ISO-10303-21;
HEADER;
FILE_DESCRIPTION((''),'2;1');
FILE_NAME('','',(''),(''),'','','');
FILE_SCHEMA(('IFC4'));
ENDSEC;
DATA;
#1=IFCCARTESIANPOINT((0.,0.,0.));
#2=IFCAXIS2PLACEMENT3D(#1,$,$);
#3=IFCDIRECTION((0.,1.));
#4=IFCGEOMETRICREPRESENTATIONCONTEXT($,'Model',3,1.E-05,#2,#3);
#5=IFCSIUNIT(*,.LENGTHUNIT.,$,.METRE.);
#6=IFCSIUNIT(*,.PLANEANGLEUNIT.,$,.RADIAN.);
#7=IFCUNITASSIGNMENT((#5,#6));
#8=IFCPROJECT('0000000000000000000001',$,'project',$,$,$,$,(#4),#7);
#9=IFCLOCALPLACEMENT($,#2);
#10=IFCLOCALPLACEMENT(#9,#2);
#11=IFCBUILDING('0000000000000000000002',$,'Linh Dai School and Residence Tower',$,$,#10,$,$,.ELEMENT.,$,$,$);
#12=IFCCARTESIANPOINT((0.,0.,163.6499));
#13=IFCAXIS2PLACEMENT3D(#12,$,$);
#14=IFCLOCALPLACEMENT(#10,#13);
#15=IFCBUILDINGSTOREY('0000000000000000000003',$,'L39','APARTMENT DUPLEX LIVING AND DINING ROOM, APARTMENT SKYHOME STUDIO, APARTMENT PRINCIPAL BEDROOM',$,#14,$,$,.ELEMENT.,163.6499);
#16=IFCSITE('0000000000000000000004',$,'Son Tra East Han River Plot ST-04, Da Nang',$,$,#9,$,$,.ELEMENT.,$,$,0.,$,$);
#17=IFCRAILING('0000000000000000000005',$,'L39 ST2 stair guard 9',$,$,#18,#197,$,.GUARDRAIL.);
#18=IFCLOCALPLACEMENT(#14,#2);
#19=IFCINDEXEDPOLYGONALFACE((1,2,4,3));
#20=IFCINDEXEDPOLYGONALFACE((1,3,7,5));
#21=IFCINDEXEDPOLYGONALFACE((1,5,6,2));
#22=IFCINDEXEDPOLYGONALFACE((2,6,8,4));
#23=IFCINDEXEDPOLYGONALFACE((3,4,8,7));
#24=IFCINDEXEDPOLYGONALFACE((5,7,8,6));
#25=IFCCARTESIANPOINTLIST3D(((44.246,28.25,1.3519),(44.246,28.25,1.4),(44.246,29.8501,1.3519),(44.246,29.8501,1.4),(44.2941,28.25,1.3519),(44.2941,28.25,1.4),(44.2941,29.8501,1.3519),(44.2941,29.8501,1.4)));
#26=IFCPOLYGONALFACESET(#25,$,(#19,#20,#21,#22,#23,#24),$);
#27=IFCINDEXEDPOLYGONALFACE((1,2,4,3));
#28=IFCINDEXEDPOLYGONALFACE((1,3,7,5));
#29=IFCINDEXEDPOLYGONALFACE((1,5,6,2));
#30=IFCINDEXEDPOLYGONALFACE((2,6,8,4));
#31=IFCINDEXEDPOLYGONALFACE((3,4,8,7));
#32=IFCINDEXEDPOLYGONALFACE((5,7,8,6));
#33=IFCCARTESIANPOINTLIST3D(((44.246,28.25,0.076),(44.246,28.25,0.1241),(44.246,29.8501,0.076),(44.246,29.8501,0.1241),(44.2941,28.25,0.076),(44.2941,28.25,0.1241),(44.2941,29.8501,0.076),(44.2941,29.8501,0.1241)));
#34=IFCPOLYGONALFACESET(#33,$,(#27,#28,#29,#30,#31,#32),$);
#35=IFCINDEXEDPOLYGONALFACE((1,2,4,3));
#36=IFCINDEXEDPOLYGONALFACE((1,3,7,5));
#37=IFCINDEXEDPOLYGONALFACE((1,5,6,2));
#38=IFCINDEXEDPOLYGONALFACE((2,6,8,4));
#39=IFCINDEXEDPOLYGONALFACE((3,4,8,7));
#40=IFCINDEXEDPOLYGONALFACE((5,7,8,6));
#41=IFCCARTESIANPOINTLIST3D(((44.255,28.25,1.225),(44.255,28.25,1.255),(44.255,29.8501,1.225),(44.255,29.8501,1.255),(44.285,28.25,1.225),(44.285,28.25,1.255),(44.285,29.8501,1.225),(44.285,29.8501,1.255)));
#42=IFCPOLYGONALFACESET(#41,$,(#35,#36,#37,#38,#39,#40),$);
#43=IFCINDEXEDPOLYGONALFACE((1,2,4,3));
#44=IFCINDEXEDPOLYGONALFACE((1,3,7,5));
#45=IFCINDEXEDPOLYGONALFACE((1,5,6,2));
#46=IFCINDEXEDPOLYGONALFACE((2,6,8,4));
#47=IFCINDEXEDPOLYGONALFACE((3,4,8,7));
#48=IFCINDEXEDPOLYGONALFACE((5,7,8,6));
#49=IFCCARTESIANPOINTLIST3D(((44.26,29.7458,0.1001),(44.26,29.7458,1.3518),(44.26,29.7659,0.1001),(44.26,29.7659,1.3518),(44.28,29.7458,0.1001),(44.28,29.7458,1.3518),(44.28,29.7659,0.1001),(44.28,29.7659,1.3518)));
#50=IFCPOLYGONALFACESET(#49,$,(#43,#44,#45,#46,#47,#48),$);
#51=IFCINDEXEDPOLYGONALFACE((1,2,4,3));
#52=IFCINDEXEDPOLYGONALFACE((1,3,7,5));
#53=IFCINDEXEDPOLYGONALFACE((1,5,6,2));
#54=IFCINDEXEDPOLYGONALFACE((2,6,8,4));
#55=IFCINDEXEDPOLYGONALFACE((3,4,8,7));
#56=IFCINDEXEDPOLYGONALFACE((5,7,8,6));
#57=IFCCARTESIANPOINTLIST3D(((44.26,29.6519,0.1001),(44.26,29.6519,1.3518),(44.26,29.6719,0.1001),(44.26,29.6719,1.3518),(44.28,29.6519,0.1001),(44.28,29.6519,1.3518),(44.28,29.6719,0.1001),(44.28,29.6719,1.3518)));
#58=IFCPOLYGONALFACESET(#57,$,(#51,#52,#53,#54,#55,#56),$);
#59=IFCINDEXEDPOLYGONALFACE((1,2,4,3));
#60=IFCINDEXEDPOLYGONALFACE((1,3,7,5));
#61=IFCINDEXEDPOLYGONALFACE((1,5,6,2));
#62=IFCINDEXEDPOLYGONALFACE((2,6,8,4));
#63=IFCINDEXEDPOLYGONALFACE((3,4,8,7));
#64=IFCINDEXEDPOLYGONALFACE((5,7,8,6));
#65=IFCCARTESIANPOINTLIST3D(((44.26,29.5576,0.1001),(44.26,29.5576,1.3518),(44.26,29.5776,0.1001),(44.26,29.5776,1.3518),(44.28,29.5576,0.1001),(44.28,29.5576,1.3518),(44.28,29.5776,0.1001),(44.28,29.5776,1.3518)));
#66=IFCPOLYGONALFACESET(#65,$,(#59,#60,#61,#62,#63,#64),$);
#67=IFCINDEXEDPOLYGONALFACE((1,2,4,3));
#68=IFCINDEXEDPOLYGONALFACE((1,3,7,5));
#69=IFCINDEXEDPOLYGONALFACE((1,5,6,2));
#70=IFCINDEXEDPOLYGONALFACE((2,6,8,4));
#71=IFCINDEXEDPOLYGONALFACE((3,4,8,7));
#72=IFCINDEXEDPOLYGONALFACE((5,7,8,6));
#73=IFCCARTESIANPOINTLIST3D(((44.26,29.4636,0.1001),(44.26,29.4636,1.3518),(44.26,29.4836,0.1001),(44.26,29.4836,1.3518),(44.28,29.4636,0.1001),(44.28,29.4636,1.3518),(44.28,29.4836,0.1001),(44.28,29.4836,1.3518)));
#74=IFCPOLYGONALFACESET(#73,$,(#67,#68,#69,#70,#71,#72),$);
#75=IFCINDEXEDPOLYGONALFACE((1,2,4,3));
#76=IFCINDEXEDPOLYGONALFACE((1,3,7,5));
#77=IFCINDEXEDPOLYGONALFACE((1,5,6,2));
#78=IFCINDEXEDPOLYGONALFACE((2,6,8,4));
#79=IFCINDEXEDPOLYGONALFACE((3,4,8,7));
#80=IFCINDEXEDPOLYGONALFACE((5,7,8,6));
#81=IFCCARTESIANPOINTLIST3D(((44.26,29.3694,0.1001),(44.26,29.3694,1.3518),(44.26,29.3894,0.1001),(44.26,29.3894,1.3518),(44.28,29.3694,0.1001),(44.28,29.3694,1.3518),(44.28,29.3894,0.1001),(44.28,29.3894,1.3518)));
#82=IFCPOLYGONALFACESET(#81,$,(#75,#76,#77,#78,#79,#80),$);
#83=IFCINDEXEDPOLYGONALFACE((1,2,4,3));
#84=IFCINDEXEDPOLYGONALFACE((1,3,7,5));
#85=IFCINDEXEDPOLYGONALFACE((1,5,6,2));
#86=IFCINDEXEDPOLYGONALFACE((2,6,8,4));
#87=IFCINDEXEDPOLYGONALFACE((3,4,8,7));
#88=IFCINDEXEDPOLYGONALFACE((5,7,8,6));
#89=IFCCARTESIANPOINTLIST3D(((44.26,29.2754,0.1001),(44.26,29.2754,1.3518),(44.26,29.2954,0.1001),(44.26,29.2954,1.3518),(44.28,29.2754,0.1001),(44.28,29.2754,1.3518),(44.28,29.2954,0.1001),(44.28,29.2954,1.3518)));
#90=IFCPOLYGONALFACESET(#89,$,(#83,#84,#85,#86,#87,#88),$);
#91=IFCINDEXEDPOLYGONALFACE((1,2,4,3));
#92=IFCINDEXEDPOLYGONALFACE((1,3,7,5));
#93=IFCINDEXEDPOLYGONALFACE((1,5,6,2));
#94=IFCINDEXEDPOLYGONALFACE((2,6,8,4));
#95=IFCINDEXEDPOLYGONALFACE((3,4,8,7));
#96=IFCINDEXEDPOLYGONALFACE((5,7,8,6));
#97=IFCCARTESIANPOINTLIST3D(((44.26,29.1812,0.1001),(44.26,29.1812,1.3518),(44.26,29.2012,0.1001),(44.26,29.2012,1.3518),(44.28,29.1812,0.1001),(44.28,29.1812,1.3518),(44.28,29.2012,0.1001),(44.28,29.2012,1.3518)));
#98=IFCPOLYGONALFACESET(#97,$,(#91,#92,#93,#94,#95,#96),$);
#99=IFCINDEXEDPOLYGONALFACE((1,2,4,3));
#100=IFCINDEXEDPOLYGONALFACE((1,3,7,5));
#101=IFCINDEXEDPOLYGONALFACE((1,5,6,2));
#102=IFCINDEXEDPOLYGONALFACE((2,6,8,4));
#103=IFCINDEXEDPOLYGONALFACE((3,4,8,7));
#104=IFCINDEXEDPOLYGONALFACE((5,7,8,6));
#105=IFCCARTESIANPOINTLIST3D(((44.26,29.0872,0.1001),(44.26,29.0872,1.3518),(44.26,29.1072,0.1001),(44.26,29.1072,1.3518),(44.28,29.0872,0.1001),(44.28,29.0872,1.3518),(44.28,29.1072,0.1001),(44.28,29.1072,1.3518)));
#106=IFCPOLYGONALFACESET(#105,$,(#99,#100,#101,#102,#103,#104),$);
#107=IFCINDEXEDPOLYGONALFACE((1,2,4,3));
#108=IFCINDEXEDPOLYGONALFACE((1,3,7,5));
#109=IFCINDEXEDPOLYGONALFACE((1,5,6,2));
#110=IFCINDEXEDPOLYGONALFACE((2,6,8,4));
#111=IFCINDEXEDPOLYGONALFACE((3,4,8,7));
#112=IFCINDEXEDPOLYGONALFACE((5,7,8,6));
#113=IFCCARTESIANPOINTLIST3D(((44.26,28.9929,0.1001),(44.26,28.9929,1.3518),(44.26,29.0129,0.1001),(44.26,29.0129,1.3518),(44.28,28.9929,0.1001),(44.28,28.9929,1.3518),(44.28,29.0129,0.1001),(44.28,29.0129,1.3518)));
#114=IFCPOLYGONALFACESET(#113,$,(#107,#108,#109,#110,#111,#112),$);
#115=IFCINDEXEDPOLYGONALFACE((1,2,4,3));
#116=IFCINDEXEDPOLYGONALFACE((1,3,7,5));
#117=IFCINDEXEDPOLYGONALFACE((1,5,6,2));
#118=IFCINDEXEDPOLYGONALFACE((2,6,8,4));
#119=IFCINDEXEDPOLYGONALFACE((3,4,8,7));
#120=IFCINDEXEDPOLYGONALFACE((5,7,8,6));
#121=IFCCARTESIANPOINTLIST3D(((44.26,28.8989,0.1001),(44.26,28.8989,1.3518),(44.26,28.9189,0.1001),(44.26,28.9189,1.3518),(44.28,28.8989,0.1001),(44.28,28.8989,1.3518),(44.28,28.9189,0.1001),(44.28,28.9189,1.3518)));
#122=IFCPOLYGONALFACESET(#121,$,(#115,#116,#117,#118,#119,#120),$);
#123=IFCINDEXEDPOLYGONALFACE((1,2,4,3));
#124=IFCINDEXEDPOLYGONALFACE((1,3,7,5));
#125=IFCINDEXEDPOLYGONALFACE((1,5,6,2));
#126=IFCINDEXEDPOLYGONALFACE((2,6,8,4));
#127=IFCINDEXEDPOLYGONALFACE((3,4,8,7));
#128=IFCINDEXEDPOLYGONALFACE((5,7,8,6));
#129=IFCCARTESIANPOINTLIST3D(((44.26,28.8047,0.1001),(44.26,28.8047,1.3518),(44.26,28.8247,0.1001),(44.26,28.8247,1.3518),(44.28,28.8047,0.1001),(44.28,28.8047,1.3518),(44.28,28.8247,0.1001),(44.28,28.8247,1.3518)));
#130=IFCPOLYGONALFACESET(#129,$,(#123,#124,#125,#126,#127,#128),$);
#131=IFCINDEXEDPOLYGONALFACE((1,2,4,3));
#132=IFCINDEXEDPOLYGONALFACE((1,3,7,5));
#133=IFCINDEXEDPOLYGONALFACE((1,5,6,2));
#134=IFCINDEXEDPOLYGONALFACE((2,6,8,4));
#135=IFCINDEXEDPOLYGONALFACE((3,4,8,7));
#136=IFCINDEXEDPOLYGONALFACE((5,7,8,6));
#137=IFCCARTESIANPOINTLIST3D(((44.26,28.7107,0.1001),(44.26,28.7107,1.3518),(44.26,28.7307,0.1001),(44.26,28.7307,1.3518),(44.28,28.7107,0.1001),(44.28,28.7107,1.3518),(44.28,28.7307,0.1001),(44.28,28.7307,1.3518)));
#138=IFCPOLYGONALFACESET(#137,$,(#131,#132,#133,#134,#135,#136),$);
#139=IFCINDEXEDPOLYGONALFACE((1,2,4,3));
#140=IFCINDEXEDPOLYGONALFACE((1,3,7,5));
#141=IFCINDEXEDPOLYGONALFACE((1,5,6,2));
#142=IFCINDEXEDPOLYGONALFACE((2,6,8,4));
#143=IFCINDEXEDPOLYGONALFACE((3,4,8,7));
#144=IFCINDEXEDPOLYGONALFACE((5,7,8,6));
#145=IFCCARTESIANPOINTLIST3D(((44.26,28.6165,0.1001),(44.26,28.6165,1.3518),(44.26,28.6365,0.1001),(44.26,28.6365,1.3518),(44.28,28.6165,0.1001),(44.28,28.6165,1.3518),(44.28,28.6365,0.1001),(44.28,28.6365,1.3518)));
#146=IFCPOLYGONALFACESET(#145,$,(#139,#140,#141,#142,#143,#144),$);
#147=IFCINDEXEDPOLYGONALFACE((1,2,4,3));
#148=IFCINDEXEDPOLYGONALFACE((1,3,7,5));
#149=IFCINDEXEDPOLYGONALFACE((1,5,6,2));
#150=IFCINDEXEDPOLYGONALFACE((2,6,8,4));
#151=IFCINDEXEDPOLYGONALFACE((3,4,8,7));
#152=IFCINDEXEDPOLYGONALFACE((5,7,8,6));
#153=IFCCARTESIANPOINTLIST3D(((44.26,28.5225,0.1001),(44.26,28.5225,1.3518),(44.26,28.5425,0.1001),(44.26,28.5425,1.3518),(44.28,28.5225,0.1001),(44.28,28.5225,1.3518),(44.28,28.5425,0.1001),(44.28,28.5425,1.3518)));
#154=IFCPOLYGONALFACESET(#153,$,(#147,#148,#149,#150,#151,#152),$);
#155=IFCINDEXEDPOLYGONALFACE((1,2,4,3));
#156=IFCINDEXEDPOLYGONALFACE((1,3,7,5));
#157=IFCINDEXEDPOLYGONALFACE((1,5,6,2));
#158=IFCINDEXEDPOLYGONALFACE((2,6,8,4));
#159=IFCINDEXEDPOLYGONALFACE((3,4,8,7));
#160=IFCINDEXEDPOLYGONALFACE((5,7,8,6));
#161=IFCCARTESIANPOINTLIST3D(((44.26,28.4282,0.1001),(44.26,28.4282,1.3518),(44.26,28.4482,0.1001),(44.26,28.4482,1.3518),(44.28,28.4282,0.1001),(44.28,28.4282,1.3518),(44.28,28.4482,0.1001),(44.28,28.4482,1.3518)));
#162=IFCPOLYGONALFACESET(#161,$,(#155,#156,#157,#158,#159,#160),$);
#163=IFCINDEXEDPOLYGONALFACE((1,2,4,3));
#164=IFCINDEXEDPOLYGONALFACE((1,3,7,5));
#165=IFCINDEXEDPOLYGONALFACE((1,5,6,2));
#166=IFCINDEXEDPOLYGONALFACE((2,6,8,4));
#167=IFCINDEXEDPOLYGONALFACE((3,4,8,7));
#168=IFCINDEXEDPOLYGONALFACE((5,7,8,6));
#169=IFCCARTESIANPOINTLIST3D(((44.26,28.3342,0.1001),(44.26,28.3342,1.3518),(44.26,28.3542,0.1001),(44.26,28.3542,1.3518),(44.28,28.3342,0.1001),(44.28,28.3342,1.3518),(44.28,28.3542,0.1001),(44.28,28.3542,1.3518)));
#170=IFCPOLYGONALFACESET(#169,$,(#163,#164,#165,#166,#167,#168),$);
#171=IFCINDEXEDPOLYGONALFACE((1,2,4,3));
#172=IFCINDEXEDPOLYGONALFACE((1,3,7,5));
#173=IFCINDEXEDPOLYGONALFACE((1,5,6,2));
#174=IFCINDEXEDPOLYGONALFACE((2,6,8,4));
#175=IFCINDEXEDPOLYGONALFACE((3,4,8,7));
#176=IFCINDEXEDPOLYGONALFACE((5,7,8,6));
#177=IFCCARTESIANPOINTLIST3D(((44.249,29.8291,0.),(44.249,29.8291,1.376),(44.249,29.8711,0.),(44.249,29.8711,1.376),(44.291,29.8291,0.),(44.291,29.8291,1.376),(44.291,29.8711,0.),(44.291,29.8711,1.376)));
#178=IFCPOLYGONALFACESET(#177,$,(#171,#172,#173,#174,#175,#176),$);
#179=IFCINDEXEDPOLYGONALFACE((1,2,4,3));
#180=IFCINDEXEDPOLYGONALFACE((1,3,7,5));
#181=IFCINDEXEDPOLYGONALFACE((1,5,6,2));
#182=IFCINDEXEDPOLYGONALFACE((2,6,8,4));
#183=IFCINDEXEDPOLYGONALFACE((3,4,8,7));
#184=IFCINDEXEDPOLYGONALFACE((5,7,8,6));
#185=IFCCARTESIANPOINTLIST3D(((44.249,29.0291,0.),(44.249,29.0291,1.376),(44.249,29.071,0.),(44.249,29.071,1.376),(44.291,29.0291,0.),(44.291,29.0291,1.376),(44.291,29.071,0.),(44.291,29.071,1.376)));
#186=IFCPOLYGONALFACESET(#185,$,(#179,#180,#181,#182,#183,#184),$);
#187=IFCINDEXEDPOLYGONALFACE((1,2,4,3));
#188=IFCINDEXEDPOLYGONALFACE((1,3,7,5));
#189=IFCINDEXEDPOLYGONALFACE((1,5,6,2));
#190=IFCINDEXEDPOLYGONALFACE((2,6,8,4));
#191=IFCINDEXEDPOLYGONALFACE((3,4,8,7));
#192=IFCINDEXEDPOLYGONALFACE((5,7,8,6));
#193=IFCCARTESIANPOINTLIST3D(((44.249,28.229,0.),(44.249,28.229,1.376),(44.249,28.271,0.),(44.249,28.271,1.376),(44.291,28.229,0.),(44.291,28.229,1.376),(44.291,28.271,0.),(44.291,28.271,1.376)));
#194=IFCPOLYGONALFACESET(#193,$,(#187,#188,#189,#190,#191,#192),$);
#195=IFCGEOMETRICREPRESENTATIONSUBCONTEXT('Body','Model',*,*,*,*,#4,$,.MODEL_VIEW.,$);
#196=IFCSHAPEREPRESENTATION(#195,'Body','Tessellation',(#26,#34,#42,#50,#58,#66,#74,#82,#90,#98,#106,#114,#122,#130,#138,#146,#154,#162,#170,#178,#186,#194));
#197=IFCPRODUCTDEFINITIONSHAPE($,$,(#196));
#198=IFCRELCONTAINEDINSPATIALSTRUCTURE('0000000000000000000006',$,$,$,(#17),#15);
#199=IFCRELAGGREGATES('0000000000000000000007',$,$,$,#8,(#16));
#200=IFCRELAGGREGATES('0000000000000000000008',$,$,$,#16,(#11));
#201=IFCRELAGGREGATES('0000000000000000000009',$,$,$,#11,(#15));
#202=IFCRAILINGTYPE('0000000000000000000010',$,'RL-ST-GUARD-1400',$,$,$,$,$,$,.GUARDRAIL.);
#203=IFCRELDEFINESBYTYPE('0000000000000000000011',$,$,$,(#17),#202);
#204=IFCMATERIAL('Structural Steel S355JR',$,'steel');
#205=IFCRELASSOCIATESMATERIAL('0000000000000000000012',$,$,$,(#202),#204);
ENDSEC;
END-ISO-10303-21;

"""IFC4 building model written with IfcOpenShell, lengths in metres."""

from ifc_helpers import new_model, si_unit, direction, frame, origin, origin_2d, place, context, subcontext, project, spatial, rectangle, extrude, source, transform, mapped, material, type_object, element, save


model = new_model("IFC4")

# Units and contexts
model_context = context("Model", 3, precision=1e-05, world=origin(), true_north=direction((0.0, 1.0)))
body_context = subcontext(model_context, "Body", "Model", "MODEL_VIEW")
ifc_project = project(units=[si_unit("LENGTHUNIT", "METRE"), si_unit("PLANEANGLEUNIT", "RADIAN")], contexts=[model_context])

# Site, building, storey
site_placement = place(None, origin())
site = spatial("IfcSite", under=ifc_project, at=site_placement, Name="Son Tra East Han River Plot ST-04, Da Nang", CompositionType="ELEMENT", RefElevation=0.0)
building_placement = place(site_placement, origin())
building = spatial("IfcBuilding", under=site, at=building_placement, Name="Linh Dai School and Residence Tower", CompositionType="ELEMENT")
storey_placement = place(building_placement, frame((0.0, 0.0, 163.6499)))
storey = spatial("IfcBuildingStorey", under=building, at=storey_placement, Name="L39", Description="APARTMENT DUPLEX LIVING AND DINING ROOM, APARTMENT SKYHOME STUDIO, APARTMENT PRINCIPAL BEDROOM", CompositionType="ELEMENT", Elevation=163.6499)

# Shared definitions
ifc_material_1 = material(Name="Structural Steel S355JR", Category="steel")

# Railing
railing_type_1 = type_object("IfcRailingType", Name="RL-ST-GUARD-1400", PredefinedType="GUARDRAIL", material=ifc_material_1)
shared_shape_1 = source(origin(), body_context, "Body", "SweptSolid", [
    extrude(rectangle(XDim=0.0481, YDim=0.0481, at=origin_2d()), frame((0.0, 0.0, 1.376), z_axis=(0.0, -1.0, 0.0), x_axis=(1.0, 0.0, 0.0)), (0.0, 0.0, 1.0), 1.6001),
    extrude(rectangle(XDim=0.0481, YDim=0.0481, at=origin_2d()), frame((0.0, 0.0, 0.1001), z_axis=(0.0, -1.0, 0.0), x_axis=(1.0, 0.0, 0.0)), (0.0, 0.0, 1.0), 1.6001),
    extrude(rectangle(XDim=0.03, YDim=0.03, at=origin_2d()), frame((0.0, 0.0, 1.24), z_axis=(0.0, -1.0, 0.0), x_axis=(1.0, 0.0, 0.0)), (0.0, 0.0, 1.0), 1.6001),
    extrude(rectangle(XDim=0.02, YDim=0.02, at=origin_2d()), frame((0.0, -0.0942, 0.1001)), (0.0, 0.0, 1.0), 1.2517),
    extrude(rectangle(XDim=0.02, YDim=0.02, at=origin_2d()), frame((0.0, -0.1882, 0.1001)), (0.0, 0.0, 1.0), 1.2517),
    extrude(rectangle(XDim=0.02, YDim=0.02, at=origin_2d()), frame((0.0, -0.2825, 0.1001)), (0.0, 0.0, 1.0), 1.2517),
    extrude(rectangle(XDim=0.02, YDim=0.02, at=origin_2d()), frame((0.0, -0.3765, 0.1001)), (0.0, 0.0, 1.0), 1.2517),
    extrude(rectangle(XDim=0.02, YDim=0.02, at=origin_2d()), frame((0.0, -0.4707, 0.1001)), (0.0, 0.0, 1.0), 1.2517),
    extrude(rectangle(XDim=0.02, YDim=0.02, at=origin_2d()), frame((0.0, -0.5647, 0.1001)), (0.0, 0.0, 1.0), 1.2517),
    extrude(rectangle(XDim=0.02, YDim=0.02, at=origin_2d()), frame((0.0, -0.6589, 0.1001)), (0.0, 0.0, 1.0), 1.2517),
    extrude(rectangle(XDim=0.02, YDim=0.02, at=origin_2d()), frame((0.0, -0.7529, 0.1001)), (0.0, 0.0, 1.0), 1.2517),
    extrude(rectangle(XDim=0.02, YDim=0.02, at=origin_2d()), frame((0.0, -0.8472, 0.1001)), (0.0, 0.0, 1.0), 1.2517),
    extrude(rectangle(XDim=0.02, YDim=0.02, at=origin_2d()), frame((0.0, -0.9412, 0.1001)), (0.0, 0.0, 1.0), 1.2517),
    extrude(rectangle(XDim=0.02, YDim=0.02, at=origin_2d()), frame((0.0, -1.0354, 0.1001)), (0.0, 0.0, 1.0), 1.2517),
    extrude(rectangle(XDim=0.02, YDim=0.02, at=origin_2d()), frame((0.0, -1.1294, 0.1001)), (0.0, 0.0, 1.0), 1.2517),
    extrude(rectangle(XDim=0.02, YDim=0.02, at=origin_2d()), frame((0.0, -1.2236, 0.1001)), (0.0, 0.0, 1.0), 1.2517),
    extrude(rectangle(XDim=0.02, YDim=0.02, at=origin_2d()), frame((0.0, -1.3176, 0.1001)), (0.0, 0.0, 1.0), 1.2517),
    extrude(rectangle(XDim=0.02, YDim=0.02, at=origin_2d()), frame((0.0, -1.4119, 0.1001)), (0.0, 0.0, 1.0), 1.2517),
    extrude(rectangle(XDim=0.02, YDim=0.02, at=origin_2d()), frame((0.0, -1.5059, 0.1001)), (0.0, 0.0, 1.0), 1.2517),
    extrude(rectangle(XDim=0.042, YDim=0.042, at=origin_2d()), origin(), (0.0, 0.0, 1.0), 1.376),
    extrude(rectangle(XDim=0.042, YDim=0.042, at=origin_2d()), frame((0.0, -0.8, 0.0)), (0.0, 0.0, 1.0), 1.376),
    extrude(rectangle(XDim=0.042, YDim=0.042, at=origin_2d()), frame((0.0, -1.6001, 0.0)), (0.0, 0.0, 1.0), 1.376),
])
for number, where, name in (
    (1, (44.27, 29.8501, 0.0), "L39 ST2 stair guard 9"),
):
    element("IfcRailing", number, at=place(storey_placement, frame(where)), inside=storey, type_object=railing_type_1, Name=name, PredefinedType="GUARDRAIL", context=body_context, shape_type="MappedRepresentation", body=[
        mapped(shared_shape_1, transform((0.0, 0.0, 0.0), x_axis=(1.0, 0.0, 0.0), y_axis=(0.0, 1.0, 0.0), z_axis=(0.0, 0.0, 1.0), scale=1.0)),
    ])

save(model, "model.ifc")
